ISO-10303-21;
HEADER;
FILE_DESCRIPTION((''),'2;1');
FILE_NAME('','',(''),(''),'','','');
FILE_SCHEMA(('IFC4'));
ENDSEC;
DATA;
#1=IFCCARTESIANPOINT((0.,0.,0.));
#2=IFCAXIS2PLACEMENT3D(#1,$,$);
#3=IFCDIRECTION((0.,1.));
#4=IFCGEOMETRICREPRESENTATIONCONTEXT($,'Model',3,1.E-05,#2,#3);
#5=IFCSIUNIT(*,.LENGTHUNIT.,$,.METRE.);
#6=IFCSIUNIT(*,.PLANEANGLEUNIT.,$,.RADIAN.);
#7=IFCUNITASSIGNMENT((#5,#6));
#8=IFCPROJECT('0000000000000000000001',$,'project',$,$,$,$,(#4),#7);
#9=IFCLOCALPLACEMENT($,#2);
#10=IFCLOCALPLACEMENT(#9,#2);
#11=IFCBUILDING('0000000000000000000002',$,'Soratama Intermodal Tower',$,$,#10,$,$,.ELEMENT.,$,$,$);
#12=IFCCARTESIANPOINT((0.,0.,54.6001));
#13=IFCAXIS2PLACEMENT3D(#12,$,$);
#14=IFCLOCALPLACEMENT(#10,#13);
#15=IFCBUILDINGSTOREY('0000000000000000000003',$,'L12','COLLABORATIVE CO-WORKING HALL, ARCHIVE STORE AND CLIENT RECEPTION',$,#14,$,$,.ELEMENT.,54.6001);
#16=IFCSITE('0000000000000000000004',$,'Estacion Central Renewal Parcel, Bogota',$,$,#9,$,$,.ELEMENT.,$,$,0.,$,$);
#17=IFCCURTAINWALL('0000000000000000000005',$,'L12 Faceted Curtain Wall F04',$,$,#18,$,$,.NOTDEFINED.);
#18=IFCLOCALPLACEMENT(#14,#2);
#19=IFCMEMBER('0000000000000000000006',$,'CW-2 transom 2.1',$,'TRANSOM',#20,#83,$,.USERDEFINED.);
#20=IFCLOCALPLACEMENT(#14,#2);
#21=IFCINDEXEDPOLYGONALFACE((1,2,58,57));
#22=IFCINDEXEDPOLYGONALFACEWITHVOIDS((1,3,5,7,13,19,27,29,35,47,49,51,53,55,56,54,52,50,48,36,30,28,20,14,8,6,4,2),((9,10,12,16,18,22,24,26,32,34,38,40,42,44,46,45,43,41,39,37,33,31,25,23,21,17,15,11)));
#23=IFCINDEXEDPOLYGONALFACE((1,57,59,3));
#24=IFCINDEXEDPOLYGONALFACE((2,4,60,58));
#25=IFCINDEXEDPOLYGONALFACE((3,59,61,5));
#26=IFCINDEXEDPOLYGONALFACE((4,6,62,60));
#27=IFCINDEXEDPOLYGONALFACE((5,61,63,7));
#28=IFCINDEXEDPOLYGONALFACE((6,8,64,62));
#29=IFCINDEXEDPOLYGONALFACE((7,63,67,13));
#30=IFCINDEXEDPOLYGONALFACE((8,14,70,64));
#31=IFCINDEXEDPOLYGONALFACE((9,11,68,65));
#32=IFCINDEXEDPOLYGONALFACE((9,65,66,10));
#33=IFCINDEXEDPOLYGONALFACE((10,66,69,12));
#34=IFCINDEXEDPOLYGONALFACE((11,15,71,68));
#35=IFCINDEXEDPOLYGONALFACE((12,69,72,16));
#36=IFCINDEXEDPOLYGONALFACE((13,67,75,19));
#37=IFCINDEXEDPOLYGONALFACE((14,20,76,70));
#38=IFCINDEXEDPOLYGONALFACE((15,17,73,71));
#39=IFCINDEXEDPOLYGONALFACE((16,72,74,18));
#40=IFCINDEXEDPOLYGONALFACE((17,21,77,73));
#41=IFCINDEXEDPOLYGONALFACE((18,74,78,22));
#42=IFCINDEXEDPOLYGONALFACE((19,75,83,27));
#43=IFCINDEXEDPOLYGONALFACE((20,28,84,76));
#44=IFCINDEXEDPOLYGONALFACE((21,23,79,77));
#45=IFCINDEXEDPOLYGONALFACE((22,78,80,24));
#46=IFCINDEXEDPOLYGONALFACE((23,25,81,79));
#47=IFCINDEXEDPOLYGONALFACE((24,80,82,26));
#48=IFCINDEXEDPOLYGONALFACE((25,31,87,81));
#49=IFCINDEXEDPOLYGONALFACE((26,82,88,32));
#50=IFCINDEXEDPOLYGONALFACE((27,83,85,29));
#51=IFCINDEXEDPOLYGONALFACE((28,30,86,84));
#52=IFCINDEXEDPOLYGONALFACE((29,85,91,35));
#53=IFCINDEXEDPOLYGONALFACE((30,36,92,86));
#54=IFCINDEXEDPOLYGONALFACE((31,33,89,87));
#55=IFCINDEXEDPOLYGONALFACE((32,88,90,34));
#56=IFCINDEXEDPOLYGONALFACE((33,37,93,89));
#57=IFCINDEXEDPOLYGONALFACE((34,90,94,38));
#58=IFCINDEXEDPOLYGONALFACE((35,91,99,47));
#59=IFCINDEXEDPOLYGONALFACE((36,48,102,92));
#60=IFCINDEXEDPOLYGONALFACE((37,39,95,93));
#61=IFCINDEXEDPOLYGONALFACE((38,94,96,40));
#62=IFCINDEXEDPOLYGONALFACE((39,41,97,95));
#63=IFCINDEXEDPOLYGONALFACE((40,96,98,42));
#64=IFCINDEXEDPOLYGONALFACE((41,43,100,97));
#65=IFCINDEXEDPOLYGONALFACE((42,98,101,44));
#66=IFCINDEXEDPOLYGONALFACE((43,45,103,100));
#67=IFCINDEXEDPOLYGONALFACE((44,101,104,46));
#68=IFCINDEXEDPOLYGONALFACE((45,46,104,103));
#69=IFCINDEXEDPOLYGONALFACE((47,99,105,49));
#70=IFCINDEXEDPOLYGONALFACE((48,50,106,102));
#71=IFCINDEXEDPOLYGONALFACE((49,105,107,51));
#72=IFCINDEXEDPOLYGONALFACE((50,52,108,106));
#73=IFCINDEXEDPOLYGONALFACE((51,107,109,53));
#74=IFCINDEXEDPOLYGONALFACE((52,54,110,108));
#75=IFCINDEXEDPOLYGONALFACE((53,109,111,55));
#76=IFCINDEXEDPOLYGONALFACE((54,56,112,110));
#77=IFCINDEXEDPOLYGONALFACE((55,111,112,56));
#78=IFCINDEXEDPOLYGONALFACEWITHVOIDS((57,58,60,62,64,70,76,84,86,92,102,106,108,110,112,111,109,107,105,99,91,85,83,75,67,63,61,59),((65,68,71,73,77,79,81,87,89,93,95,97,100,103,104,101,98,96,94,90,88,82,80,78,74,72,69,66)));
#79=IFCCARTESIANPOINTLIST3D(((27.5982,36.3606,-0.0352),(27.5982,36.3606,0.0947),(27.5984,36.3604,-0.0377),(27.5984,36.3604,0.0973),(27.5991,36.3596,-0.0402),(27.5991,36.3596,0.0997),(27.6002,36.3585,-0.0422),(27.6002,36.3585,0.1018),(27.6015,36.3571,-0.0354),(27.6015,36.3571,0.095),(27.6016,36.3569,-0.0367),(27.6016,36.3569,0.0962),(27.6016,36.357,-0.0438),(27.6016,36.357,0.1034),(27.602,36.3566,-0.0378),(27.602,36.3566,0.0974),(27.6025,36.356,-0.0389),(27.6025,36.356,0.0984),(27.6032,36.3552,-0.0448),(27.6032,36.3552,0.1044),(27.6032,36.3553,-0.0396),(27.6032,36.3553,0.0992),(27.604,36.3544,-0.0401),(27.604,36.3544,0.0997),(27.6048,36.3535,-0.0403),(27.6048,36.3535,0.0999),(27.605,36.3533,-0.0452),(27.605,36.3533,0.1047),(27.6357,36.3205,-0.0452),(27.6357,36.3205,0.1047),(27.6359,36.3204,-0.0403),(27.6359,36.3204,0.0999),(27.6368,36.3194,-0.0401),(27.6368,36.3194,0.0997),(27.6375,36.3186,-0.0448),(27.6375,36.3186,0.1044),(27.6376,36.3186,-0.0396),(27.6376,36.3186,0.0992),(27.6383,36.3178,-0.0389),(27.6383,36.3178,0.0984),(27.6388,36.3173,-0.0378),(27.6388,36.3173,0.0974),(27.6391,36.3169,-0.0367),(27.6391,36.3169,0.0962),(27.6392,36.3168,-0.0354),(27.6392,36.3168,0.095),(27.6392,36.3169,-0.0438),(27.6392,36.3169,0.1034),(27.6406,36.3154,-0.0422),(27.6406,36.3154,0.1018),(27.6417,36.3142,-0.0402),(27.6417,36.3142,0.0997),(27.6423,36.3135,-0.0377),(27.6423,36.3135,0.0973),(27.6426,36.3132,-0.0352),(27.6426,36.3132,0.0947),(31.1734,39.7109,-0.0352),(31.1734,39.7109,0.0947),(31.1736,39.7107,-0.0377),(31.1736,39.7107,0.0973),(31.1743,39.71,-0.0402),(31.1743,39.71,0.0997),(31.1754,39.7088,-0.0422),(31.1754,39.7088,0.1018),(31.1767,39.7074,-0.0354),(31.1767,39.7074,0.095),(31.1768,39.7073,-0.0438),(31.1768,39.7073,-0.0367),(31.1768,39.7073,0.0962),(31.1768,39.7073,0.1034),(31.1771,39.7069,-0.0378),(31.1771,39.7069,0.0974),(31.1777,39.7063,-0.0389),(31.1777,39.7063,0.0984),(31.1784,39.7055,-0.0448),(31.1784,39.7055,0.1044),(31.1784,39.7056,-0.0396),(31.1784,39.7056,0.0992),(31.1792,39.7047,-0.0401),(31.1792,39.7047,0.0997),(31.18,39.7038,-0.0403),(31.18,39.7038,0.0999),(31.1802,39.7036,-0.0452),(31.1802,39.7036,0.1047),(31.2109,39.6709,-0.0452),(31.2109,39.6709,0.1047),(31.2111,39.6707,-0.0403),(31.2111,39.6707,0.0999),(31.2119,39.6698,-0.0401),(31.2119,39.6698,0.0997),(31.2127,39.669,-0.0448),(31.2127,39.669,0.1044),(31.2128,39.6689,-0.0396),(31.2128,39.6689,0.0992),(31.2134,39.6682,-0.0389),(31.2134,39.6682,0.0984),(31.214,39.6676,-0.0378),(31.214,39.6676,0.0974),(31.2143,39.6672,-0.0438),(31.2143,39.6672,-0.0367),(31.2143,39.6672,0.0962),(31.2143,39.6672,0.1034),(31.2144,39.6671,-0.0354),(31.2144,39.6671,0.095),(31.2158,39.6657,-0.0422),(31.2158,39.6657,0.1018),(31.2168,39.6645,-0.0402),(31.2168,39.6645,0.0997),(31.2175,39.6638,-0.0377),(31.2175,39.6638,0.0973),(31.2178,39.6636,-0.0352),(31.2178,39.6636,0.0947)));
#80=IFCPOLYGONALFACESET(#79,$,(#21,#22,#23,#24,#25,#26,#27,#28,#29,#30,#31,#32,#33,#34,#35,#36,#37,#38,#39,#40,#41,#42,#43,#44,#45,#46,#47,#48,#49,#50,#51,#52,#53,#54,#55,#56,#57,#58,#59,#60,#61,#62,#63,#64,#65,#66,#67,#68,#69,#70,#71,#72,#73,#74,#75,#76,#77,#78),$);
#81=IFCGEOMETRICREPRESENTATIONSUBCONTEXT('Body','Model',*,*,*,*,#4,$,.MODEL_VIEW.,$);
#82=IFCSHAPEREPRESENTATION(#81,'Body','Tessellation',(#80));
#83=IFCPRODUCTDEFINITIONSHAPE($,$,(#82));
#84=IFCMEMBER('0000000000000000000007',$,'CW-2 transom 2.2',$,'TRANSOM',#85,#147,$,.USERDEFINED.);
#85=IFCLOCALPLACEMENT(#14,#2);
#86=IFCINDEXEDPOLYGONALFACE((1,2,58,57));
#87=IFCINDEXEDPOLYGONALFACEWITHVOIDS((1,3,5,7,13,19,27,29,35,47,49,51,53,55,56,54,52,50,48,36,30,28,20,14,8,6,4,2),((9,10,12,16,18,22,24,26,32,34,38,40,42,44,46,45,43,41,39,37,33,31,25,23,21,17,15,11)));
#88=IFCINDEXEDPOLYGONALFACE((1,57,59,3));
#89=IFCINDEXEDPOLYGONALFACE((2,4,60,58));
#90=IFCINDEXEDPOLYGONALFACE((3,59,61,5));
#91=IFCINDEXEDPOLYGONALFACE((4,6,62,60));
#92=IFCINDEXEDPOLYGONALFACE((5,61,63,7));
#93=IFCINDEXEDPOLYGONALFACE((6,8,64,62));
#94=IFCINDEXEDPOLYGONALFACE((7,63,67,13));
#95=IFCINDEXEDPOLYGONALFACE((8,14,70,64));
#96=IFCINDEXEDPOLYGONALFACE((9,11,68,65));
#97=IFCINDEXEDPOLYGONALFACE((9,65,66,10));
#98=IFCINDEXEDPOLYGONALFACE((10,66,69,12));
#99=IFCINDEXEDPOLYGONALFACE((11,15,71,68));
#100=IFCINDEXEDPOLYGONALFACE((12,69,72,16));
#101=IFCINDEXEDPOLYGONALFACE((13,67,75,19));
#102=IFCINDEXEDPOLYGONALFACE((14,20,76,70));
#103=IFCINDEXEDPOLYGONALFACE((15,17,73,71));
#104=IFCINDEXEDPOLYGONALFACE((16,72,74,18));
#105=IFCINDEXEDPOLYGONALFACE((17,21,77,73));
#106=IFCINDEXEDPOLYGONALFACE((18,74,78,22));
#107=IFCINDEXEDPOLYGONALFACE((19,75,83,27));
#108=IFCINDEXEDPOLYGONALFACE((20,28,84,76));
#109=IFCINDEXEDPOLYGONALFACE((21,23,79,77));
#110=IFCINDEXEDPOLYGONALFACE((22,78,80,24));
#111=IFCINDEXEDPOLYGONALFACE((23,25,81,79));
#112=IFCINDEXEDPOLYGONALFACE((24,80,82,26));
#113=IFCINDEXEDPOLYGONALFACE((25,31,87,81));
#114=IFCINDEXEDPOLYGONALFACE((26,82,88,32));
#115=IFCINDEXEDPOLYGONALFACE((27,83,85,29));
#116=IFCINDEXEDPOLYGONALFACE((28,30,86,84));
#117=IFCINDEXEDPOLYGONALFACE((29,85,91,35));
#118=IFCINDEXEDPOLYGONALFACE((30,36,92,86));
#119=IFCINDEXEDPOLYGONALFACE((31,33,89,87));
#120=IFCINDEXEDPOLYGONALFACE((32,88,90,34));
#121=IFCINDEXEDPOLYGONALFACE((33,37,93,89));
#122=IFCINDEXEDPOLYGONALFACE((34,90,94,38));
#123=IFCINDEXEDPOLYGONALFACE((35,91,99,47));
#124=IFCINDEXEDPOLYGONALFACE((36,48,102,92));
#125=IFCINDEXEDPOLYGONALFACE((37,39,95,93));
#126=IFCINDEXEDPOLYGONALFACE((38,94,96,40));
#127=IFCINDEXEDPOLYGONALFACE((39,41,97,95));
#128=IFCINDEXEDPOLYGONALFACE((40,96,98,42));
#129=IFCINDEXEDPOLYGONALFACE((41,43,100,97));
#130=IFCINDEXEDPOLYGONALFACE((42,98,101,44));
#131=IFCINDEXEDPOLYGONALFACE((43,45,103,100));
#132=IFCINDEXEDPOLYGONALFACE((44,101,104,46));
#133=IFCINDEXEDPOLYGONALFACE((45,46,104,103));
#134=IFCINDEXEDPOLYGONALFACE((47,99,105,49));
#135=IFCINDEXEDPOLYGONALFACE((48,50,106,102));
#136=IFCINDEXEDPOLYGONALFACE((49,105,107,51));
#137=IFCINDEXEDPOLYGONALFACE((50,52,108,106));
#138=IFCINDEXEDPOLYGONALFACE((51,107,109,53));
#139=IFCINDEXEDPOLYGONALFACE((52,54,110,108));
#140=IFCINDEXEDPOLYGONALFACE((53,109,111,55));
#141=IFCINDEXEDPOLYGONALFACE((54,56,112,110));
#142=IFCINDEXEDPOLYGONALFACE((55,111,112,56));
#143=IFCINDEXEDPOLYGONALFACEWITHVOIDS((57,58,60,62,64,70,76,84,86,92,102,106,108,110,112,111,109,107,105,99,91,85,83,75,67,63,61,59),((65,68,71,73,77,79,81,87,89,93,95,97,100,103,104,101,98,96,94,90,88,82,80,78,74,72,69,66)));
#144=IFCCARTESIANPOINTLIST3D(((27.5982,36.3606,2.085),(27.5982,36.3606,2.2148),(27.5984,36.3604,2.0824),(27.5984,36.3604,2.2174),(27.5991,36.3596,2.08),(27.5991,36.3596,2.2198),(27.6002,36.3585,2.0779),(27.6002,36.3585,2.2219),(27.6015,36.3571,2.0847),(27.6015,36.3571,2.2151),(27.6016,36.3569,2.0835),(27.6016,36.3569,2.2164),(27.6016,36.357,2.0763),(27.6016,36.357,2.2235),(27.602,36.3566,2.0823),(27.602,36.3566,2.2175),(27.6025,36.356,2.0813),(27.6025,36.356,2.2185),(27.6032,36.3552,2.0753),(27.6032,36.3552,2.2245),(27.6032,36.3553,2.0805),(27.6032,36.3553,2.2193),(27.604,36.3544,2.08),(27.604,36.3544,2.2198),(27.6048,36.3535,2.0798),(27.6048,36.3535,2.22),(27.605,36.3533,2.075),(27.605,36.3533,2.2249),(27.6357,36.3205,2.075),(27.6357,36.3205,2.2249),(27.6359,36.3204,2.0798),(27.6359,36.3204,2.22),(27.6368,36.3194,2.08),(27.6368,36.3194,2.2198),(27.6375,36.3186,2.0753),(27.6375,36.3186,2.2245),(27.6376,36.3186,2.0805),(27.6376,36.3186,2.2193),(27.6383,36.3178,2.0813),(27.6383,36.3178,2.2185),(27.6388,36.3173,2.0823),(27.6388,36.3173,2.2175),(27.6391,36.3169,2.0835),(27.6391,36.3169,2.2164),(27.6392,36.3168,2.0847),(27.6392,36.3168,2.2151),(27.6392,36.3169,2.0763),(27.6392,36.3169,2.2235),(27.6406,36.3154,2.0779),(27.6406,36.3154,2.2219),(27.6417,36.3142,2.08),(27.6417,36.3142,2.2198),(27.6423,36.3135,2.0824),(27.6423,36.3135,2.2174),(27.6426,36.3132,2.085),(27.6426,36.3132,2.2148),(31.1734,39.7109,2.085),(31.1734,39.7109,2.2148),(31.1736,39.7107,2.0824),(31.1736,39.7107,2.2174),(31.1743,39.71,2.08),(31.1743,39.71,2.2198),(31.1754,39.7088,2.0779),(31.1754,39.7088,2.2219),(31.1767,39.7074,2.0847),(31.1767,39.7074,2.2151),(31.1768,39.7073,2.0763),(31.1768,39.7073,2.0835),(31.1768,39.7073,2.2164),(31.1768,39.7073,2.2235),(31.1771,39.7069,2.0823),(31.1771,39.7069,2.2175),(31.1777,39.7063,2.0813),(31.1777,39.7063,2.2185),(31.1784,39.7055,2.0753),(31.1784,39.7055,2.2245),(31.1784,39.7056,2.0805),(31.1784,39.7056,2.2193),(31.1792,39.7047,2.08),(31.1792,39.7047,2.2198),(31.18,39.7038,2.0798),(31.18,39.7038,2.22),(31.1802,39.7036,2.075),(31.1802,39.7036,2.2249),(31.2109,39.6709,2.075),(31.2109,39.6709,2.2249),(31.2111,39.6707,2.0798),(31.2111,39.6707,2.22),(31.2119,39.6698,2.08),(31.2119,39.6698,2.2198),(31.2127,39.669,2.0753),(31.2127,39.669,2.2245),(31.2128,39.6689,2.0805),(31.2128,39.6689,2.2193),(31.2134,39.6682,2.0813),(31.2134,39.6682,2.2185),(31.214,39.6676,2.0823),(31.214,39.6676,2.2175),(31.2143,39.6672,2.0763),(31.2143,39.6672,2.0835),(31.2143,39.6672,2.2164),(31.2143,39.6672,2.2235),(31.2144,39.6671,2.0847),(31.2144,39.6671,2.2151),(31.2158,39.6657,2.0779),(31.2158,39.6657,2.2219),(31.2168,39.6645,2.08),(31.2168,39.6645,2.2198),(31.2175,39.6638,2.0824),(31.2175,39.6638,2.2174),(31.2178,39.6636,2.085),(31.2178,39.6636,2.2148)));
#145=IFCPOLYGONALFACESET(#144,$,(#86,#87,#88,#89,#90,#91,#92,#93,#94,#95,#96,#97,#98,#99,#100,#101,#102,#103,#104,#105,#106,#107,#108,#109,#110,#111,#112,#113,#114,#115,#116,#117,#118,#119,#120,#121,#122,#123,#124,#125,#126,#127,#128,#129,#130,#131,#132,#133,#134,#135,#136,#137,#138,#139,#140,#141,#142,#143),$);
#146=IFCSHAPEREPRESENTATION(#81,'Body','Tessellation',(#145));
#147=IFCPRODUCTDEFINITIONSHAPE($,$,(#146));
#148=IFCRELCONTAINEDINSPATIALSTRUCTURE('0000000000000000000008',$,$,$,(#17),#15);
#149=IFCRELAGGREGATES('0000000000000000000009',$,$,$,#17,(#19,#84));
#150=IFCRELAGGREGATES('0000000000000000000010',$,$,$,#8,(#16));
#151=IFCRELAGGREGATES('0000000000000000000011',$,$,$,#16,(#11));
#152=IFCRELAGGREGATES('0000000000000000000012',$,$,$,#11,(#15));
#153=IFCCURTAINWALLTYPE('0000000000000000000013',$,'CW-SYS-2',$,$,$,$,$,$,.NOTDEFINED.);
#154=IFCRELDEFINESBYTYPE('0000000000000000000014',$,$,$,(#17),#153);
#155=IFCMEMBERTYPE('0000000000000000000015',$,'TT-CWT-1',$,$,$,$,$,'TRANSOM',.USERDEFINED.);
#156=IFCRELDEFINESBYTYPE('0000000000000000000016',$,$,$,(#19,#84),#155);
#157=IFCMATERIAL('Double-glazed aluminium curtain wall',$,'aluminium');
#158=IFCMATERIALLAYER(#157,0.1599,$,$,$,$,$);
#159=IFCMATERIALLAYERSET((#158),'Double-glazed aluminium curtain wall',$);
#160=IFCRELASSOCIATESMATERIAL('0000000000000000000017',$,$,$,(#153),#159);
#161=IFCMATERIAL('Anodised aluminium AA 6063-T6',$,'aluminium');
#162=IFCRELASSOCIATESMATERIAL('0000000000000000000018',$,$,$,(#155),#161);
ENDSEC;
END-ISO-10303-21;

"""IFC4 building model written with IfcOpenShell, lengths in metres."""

from ifc_helpers import new_model, si_unit, direction, frame, origin, origin_2d, place, context, subcontext, project, spatial, hollow_rectangle, extrude, material, layer, layer_set, material_profile, profile_set, type_object, element, aggregate, save


model = new_model("IFC4")

# Units and contexts
model_context = context("Model", 3, precision=1e-05, world=origin(), true_north=direction((0.0, 1.0)))
body_context = subcontext(model_context, "Body", "Model", "MODEL_VIEW")
ifc_project = project(units=[si_unit("LENGTHUNIT", "METRE"), si_unit("PLANEANGLEUNIT", "RADIAN")], contexts=[model_context])

# Site, building, storey
site_placement = place(None, origin())
site = spatial("IfcSite", under=ifc_project, at=site_placement, Name="Estacion Central Renewal Parcel, Bogota", CompositionType="ELEMENT", RefElevation=0.0)
building_placement = place(site_placement, origin())
building = spatial("IfcBuilding", under=site, at=building_placement, Name="Soratama Intermodal Tower", CompositionType="ELEMENT")
storey_placement = place(building_placement, frame((0.0, 0.0, 54.6001)))
storey = spatial("IfcBuildingStorey", under=building, at=storey_placement, Name="L12", Description="COLLABORATIVE CO-WORKING HALL, ARCHIVE STORE AND CLIENT RECEPTION", CompositionType="ELEMENT", Elevation=54.6001)

# Curtain wall, members
ifc_material_1 = material(Name="Double-glazed aluminium curtain wall", Category="aluminium")
ifc_layer_1 = layer(ifc_material_1, 0.1599)
ifc_layer_set_1 = layer_set([ifc_layer_1], Name="Double-glazed aluminium curtain wall")
curtain_wall_type = type_object("IfcCurtainWallType", Name="CW-SYS-2", PredefinedType="NOTDEFINED", material=ifc_layer_set_1)
curtain_wall_placement = place(storey_placement, origin())
curtain_wall = element("IfcCurtainWall", 1, at=curtain_wall_placement, inside=storey, type_object=curtain_wall_type, Name="L12 Faceted Curtain Wall F04", PredefinedType="NOTDEFINED")
ifc_material_2 = material(Name="Anodised aluminium AA 6063-T6", Category="aluminium")
ifc_material_profile_1 = material_profile(ifc_material_2, hollow_rectangle(XDim=0.0649, YDim=0.1499, WallThickness=0.0049, InnerFilletRadius=0.0049, OuterFilletRadius=0.01, at=origin_2d()), Name="CWT150X65X5")
ifc_profile_set_1 = profile_set([ifc_material_profile_1], Name="Anodised aluminium AA 6063-T6")
member_type_1 = type_object("IfcMemberType", Name="TT-CWT-1", ElementType="TRANSOM", PredefinedType="USERDEFINED", material=ifc_profile_set_1)
member_1_placement = place(storey_placement, frame((31.1956, 39.6873, 0.0298), z_axis=(-0.72968, -0.683789, 0.0), x_axis=(0.683789, -0.72968, 0.0)))
member_1 = element("IfcMember", 2, at=member_1_placement, type_object=member_type_1, Name="CW-2 transom 2.1", ObjectType="TRANSOM", PredefinedType="USERDEFINED", context=body_context, shape_type="SweptSolid", body=[
    extrude(hollow_rectangle(XDim=0.0649, YDim=0.1499, WallThickness=0.0049, InnerFilletRadius=0.0049, OuterFilletRadius=0.01, at=origin_2d()), origin(), (0.0, 0.0, 1.0), 4.8997),
])
member_2_placement = place(storey_placement, frame((31.1956, 39.6873, 2.1499), z_axis=(-0.72968, -0.683789, 0.0), x_axis=(0.683789, -0.72968, 0.0)))
member_2 = element("IfcMember", 3, at=member_2_placement, type_object=member_type_1, Name="CW-2 transom 2.2", ObjectType="TRANSOM", PredefinedType="USERDEFINED", context=body_context, shape_type="SweptSolid", body=[
    extrude(hollow_rectangle(XDim=0.0649, YDim=0.1499, WallThickness=0.0049, InnerFilletRadius=0.0049, OuterFilletRadius=0.01, at=origin_2d()), origin(), (0.0, 0.0, 1.0), 4.8997),
])
aggregate(curtain_wall, [member_1, member_2])

save(model, "model.ifc")
